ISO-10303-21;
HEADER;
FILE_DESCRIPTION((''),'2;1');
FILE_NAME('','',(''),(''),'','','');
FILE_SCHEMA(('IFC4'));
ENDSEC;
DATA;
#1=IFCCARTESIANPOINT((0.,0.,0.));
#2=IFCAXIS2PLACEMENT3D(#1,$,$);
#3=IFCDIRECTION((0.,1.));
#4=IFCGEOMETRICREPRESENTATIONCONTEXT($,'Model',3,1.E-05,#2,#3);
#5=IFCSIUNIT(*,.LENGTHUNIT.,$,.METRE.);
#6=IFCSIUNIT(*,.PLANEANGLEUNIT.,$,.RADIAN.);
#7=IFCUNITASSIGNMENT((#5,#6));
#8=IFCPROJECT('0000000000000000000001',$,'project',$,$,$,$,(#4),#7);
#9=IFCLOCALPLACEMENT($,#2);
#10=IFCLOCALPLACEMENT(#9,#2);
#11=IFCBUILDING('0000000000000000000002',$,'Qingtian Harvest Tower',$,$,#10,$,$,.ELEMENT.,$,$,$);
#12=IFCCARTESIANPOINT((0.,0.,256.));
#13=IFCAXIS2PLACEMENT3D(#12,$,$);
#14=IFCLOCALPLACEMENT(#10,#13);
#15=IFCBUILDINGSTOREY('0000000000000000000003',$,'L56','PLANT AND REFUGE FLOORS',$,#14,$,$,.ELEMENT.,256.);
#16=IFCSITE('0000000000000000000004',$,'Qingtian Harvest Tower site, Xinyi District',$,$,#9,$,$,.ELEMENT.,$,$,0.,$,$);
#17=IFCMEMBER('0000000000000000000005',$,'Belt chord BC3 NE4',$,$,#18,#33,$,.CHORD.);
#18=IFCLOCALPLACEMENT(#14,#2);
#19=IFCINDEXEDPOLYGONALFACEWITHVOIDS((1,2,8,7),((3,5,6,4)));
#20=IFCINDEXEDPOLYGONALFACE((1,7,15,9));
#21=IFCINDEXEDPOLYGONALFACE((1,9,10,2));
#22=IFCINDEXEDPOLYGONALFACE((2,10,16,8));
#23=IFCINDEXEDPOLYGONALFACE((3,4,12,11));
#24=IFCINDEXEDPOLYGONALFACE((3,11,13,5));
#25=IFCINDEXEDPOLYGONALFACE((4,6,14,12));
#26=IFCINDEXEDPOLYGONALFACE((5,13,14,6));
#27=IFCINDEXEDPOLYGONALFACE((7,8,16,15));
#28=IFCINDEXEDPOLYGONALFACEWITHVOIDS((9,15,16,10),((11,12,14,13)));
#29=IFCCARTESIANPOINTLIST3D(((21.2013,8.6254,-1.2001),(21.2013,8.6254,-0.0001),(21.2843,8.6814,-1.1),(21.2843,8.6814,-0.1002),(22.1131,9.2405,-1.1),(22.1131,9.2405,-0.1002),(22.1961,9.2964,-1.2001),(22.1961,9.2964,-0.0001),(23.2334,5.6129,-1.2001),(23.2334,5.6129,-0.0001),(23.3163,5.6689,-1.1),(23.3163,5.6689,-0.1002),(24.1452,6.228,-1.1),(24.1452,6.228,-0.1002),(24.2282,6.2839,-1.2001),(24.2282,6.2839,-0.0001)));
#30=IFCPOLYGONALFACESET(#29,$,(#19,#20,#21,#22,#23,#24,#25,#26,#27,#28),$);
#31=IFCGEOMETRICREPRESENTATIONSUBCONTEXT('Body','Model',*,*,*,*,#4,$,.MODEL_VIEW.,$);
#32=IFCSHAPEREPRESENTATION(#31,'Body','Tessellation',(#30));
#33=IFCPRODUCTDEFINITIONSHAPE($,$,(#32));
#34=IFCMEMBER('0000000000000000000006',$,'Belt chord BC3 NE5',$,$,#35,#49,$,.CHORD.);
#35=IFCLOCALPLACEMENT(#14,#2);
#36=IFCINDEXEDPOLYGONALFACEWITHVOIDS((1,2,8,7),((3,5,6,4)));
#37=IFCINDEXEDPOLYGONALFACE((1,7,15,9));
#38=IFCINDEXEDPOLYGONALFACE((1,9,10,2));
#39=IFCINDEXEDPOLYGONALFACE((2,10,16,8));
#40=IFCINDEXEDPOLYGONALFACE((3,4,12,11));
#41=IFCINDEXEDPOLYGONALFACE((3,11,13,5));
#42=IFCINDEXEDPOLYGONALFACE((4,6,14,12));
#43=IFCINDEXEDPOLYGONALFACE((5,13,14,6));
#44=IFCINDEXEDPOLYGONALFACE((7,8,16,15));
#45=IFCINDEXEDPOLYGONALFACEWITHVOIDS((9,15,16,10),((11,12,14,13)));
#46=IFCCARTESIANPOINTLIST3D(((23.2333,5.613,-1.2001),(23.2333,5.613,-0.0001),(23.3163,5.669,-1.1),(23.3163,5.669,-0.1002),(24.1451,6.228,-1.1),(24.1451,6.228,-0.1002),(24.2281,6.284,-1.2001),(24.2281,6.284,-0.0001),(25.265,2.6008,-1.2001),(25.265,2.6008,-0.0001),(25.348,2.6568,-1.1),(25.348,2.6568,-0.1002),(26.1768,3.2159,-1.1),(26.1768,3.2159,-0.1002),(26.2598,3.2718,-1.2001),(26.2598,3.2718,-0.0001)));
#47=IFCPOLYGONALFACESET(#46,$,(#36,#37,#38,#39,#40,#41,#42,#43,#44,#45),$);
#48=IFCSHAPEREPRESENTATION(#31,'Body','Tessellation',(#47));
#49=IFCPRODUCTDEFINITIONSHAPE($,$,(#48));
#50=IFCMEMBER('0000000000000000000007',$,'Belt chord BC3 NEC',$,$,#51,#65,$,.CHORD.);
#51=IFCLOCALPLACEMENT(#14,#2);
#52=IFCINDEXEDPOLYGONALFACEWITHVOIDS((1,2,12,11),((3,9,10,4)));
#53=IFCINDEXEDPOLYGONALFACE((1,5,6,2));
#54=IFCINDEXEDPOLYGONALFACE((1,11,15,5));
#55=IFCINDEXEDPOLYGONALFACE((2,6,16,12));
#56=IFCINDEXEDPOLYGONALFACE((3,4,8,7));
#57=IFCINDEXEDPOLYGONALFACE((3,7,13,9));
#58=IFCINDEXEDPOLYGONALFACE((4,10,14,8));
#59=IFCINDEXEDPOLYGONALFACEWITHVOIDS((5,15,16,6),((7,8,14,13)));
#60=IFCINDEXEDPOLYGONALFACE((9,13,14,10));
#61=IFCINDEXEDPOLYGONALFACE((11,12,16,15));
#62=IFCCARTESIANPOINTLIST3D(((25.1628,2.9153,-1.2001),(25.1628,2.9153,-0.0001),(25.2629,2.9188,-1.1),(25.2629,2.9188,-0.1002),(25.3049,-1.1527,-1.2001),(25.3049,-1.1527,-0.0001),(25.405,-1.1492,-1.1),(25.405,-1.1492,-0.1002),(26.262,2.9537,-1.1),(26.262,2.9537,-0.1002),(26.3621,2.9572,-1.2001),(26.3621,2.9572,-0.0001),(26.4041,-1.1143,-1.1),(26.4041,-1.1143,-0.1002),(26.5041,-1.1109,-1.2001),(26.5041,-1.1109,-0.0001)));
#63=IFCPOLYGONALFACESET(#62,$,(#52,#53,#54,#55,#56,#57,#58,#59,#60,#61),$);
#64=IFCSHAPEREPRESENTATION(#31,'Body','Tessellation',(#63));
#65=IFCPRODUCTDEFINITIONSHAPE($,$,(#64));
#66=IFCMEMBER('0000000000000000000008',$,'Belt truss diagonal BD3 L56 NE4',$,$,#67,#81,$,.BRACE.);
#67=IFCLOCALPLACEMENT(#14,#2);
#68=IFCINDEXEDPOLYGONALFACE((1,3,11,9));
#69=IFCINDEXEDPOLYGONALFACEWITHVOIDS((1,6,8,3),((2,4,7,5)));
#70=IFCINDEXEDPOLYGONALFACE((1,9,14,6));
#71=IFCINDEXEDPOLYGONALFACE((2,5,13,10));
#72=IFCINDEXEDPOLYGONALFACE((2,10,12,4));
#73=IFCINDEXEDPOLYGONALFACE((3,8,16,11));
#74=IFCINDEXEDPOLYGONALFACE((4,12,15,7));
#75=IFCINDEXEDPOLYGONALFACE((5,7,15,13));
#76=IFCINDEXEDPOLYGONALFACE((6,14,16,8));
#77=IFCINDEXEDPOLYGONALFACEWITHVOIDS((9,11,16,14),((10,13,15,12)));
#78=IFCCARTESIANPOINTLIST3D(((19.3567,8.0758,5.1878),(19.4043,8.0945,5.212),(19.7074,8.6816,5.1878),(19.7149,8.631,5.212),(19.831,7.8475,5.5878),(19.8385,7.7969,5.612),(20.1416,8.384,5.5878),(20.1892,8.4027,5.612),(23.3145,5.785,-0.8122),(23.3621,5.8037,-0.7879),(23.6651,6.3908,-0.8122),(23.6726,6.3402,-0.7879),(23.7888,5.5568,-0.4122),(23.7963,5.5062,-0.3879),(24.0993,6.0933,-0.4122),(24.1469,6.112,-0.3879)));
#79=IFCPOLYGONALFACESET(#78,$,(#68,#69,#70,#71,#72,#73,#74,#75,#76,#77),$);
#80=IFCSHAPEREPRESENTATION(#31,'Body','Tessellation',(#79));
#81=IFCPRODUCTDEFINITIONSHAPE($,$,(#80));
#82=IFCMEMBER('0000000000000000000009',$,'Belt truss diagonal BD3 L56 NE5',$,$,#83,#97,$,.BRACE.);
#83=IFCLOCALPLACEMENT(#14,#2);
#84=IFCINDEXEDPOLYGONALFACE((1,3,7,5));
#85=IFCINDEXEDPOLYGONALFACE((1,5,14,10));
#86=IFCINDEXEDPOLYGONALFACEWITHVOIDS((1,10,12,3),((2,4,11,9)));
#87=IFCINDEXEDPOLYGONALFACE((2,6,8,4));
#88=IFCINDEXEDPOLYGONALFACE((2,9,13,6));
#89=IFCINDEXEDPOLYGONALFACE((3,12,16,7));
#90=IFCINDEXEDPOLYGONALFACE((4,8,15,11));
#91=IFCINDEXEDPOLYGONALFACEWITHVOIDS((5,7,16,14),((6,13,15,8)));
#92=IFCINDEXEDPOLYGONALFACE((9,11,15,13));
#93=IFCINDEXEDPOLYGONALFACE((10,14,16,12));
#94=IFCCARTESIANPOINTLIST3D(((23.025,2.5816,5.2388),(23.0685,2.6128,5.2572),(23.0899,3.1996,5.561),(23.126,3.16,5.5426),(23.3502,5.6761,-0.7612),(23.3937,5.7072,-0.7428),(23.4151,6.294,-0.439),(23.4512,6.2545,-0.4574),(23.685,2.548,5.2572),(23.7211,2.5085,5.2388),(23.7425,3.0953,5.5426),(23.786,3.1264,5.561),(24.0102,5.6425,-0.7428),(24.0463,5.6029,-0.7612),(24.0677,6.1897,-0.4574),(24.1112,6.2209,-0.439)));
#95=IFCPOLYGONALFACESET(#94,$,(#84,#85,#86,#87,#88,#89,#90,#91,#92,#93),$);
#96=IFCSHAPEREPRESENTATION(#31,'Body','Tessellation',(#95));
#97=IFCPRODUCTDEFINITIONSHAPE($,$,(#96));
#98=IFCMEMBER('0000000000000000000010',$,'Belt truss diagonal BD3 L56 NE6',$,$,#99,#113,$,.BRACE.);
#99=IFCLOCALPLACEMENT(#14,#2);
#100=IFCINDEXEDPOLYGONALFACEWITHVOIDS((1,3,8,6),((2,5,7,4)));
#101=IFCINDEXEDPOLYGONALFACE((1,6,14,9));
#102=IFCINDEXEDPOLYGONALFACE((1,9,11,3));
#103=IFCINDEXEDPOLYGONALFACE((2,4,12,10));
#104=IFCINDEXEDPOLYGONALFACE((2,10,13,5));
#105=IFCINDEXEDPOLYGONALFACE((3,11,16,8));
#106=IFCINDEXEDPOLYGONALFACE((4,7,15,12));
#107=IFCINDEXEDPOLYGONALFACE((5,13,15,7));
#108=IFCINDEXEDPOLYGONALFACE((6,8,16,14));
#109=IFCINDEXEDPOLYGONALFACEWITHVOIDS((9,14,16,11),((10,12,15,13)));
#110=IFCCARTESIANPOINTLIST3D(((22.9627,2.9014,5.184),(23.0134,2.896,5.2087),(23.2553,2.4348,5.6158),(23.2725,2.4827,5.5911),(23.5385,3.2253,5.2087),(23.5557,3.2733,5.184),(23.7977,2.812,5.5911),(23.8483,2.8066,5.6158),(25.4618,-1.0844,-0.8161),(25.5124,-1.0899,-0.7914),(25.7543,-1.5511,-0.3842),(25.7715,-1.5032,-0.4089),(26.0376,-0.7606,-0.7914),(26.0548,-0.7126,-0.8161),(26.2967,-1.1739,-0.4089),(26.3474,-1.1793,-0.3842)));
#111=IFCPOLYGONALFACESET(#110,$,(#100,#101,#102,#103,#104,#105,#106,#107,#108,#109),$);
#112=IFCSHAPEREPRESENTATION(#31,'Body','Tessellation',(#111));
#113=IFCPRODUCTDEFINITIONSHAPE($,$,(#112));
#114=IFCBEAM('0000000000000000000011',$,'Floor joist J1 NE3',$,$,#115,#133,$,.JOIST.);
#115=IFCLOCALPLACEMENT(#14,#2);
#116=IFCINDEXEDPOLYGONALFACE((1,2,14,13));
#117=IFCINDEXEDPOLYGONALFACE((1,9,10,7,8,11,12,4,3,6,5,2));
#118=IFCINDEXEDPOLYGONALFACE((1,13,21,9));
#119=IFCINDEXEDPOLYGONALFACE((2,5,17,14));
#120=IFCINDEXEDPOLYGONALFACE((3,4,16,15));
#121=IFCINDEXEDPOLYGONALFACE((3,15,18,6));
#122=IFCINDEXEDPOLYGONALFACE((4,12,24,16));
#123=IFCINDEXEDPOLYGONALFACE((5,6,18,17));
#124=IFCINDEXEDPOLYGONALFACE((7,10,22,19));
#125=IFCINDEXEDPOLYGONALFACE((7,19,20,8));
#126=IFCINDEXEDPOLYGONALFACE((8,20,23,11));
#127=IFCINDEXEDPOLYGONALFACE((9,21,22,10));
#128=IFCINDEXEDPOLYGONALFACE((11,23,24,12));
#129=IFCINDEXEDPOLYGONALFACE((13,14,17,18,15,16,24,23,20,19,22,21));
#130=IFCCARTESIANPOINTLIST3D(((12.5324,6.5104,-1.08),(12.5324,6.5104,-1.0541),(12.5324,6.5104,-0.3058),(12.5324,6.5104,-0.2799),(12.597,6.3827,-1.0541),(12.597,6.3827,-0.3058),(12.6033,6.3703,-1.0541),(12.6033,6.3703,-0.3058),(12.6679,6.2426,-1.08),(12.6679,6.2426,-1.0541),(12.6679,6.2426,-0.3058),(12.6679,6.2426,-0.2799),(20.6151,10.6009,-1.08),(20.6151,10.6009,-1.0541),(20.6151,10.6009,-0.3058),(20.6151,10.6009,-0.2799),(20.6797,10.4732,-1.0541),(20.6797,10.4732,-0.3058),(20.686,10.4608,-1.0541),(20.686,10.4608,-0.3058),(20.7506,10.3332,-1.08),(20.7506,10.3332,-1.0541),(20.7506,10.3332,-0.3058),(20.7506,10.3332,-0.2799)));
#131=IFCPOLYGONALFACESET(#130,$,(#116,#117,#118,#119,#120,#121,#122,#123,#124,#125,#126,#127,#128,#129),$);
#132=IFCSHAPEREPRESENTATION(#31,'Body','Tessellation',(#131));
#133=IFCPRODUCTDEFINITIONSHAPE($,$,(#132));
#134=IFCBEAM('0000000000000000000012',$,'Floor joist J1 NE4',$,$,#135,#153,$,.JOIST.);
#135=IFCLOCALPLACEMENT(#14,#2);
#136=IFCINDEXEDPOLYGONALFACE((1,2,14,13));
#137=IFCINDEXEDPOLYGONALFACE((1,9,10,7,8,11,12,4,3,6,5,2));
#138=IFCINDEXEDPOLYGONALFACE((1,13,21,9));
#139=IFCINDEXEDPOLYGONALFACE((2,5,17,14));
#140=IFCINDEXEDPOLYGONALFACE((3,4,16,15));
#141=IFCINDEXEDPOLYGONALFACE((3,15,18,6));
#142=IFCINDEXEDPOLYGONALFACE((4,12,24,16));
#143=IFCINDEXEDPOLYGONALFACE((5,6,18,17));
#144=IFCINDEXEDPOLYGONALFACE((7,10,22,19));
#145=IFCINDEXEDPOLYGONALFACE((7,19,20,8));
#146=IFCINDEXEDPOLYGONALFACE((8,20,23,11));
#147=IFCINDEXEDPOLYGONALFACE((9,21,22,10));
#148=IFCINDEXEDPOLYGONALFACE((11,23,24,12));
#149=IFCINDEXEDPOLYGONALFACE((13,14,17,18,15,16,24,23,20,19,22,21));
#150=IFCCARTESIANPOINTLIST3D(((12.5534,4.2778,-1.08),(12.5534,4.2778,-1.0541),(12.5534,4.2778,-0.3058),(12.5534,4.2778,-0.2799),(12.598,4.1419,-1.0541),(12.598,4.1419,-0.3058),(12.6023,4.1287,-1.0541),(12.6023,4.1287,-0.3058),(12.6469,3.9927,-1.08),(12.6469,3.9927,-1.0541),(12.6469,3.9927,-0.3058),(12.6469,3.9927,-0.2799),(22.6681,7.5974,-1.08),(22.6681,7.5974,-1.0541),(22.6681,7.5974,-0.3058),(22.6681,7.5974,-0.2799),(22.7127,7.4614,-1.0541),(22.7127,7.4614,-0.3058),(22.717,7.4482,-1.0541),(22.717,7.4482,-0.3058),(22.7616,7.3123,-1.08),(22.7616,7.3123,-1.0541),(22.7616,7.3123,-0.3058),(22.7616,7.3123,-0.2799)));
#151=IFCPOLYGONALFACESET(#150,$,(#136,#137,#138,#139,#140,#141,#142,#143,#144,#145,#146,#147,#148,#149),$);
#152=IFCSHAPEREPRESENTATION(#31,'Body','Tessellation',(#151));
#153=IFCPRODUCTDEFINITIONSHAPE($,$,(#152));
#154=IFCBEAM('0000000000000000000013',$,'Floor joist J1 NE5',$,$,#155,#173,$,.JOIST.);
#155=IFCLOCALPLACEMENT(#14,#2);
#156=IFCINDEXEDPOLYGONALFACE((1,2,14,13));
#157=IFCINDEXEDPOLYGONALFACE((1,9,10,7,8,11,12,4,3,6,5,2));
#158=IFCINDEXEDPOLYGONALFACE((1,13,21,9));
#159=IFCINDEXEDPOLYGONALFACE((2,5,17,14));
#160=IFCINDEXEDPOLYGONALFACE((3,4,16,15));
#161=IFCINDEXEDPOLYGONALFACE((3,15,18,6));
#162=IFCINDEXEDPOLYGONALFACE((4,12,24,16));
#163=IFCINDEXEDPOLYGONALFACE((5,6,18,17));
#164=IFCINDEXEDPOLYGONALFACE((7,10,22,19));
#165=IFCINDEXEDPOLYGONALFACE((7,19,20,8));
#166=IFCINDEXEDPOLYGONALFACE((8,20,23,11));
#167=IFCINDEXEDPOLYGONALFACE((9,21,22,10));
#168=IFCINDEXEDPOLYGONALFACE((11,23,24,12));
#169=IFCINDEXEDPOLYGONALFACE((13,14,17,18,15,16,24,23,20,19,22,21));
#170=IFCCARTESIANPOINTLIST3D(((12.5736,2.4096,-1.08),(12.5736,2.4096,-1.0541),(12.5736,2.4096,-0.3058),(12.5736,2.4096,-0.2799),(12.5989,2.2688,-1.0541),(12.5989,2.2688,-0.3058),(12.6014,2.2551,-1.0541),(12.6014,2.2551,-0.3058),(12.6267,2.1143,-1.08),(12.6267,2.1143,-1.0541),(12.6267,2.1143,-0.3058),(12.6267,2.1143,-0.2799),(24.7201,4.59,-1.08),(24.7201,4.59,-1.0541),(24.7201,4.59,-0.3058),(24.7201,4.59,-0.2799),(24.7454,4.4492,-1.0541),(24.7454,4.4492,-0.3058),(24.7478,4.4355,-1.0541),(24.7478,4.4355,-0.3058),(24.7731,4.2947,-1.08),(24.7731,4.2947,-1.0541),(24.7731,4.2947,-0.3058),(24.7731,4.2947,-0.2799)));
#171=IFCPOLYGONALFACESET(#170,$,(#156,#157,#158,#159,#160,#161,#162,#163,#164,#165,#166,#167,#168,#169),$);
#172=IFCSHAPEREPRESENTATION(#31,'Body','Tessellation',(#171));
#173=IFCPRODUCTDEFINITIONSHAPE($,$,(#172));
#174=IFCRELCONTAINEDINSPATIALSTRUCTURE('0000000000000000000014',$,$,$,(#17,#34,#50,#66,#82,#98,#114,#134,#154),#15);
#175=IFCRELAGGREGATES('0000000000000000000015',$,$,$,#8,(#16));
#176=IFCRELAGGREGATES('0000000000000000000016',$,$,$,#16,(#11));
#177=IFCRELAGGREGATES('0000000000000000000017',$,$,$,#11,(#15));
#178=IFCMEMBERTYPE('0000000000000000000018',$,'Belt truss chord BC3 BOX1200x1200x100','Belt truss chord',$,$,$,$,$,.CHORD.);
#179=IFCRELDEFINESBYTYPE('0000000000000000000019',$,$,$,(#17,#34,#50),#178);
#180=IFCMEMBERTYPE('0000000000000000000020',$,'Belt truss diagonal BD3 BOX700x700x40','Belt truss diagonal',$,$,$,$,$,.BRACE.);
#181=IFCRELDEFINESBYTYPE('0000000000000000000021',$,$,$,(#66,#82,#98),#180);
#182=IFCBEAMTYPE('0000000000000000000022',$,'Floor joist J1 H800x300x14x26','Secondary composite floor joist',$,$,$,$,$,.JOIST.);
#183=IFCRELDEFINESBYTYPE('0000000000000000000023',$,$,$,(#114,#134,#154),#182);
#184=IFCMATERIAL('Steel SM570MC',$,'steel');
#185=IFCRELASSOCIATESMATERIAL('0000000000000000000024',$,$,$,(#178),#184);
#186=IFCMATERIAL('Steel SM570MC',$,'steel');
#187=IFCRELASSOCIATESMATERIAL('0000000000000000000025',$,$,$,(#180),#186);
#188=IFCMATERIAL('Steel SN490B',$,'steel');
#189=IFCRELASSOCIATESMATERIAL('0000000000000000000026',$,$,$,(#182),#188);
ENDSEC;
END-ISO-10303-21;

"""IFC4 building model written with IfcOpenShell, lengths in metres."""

from ifc_helpers import new_model, si_unit, direction, frame, origin, origin_2d, place, context, subcontext, project, spatial, hollow_rectangle, i_section, extrude, material, material_profile, profile_set, type_object, element, save


model = new_model("IFC4")

# Units and contexts
model_context = context("Model", 3, precision=1e-05, world=origin(), true_north=direction((0.0, 1.0)))
body_context = subcontext(model_context, "Body", "Model", "MODEL_VIEW")
ifc_project = project(units=[si_unit("LENGTHUNIT", "METRE"), si_unit("PLANEANGLEUNIT", "RADIAN")], contexts=[model_context])

# Site, building, storey
site_placement = place(None, origin())
site = spatial("IfcSite", under=ifc_project, at=site_placement, Name="Qingtian Harvest Tower site, Xinyi District", CompositionType="ELEMENT", RefElevation=0.0)
building_placement = place(site_placement, origin())
building = spatial("IfcBuilding", under=site, at=building_placement, Name="Qingtian Harvest Tower", CompositionType="ELEMENT")
storey_placement = place(building_placement, frame((0.0, 0.0, 256.0)))
storey = spatial("IfcBuildingStorey", under=building, at=storey_placement, Name="L56", Description="PLANT AND REFUGE FLOORS", CompositionType="ELEMENT", Elevation=256.0)

# Members
ifc_material_1 = material(Name="Steel SM570MC", Category="steel")
ifc_material_profile_1 = material_profile(ifc_material_1, hollow_rectangle(XDim=1.2, YDim=1.2, WallThickness=0.1001, at=origin_2d()), Name="BOX1200x1200x100")
ifc_profile_set_1 = profile_set([ifc_material_profile_1], Name="Steel SM570MC")
member_type_1 = type_object("IfcMemberType", Name="Belt truss chord BC3 BOX1200x1200x100", Description="Belt truss chord", PredefinedType="CHORD", material=ifc_profile_set_1)
member_1_placement = place(storey_placement, frame((21.6987, 8.9609, -0.6001), z_axis=(0.559204, -0.82903, 0.0), x_axis=(0.82903, 0.559204, 0.0)))
element("IfcMember", 1, at=member_1_placement, inside=storey, type_object=member_type_1, Name="Belt chord BC3 NE4", PredefinedType="CHORD", context=body_context, shape_type="SweptSolid", body=[
    extrude(hollow_rectangle(XDim=1.2, YDim=1.2, WallThickness=0.1001, at=origin_2d()), origin(), (0.0, 0.0, 1.0), 3.6338),
])
member_2_placement = place(storey_placement, frame((23.7307, 5.9485, -0.6001), z_axis=(0.559189, -0.82904, 0.0), x_axis=(0.82904, 0.559189, 0.0)))
element("IfcMember", 2, at=member_2_placement, inside=storey, type_object=member_type_1, Name="Belt chord BC3 NE5", PredefinedType="CHORD", context=body_context, shape_type="SweptSolid", body=[
    extrude(hollow_rectangle(XDim=1.2, YDim=1.2, WallThickness=0.1001, at=origin_2d()), origin(), (0.0, 0.0, 1.0), 3.6333),
])
member_3_placement = place(storey_placement, frame((25.7625, 2.9363, -0.6001), z_axis=(0.034906, -0.999391, 0.0), x_axis=(0.999391, 0.034906, 0.0)))
element("IfcMember", 3, at=member_3_placement, inside=storey, type_object=member_type_1, Name="Belt chord BC3 NEC", PredefinedType="CHORD", context=body_context, shape_type="SweptSolid", body=[
    extrude(hollow_rectangle(XDim=1.2, YDim=1.2, WallThickness=0.1001, at=origin_2d()), origin(), (0.0, 0.0, 1.0), 4.0706),
])
ifc_material_2 = material(Name="Steel SM570MC", Category="steel")
ifc_material_profile_2 = material_profile(ifc_material_2, hollow_rectangle(XDim=0.7, YDim=0.7, WallThickness=0.04, at=origin_2d()), Name="BOX700x700x40")
ifc_profile_set_2 = profile_set([ifc_material_profile_2], Name="Steel SM570MC")
member_type_2 = type_object("IfcMemberType", Name="Belt truss diagonal BD3 BOX700x700x40", Description="Belt truss diagonal", PredefinedType="BRACE", material=ifc_profile_set_2)
member_4_placement = place(storey_placement, frame((19.7729, 8.2393, 5.3999), z_axis=(0.524626, -0.303656, -0.795337), x_axis=(0.500944, 0.86548, 0.0)))
element("IfcMember", 4, at=member_4_placement, inside=storey, type_object=member_type_2, Name="Belt truss diagonal BD3 L56 NE4", PredefinedType="BRACE", context=body_context, shape_type="SweptSolid", body=[
    extrude(hollow_rectangle(XDim=0.7, YDim=0.7, WallThickness=0.04, at=origin_2d()), origin(), (0.0, 0.0, 1.0), 7.5439),
])
member_5_placement = place(storey_placement, frame((23.7307, 5.9485, -0.6001), z_axis=(-0.048114, -0.457844, 0.88773), x_axis=(0.994523, -0.104513, 0.0)))
element("IfcMember", 5, at=member_5_placement, inside=storey, type_object=member_type_2, Name="Belt truss diagonal BD3 L56 NE5", PredefinedType="BRACE", context=body_context, shape_type="SweptSolid", body=[
    extrude(hollow_rectangle(XDim=0.7, YDim=0.7, WallThickness=0.04, at=origin_2d()), origin(), (0.0, 0.0, 1.0), 6.7588),
])
member_6_placement = place(storey_placement, frame((23.4055, 2.854, 5.3999), z_axis=(0.327765, -0.522772, -0.786943), x_axis=(0.847245, 0.531202, 0.0)))
element("IfcMember", 6, at=member_6_placement, inside=storey, type_object=member_type_2, Name="Belt truss diagonal BD3 L56 NE6", PredefinedType="BRACE", context=body_context, shape_type="SweptSolid", body=[
    extrude(hollow_rectangle(XDim=0.7, YDim=0.7, WallThickness=0.04, at=origin_2d()), origin(), (0.0, 0.0, 1.0), 7.6245),
])

# Beams
ifc_material_3 = material(Name="Steel SN490B", Category="steel")
ifc_material_profile_3 = material_profile(ifc_material_3, i_section(OverallWidth=0.3, OverallDepth=0.8, WebThickness=0.0139, FlangeThickness=0.0259, at=origin_2d()), Name="H800x300x14x26")
ifc_profile_set_3 = profile_set([ifc_material_profile_3], Name="Steel SN490B")
beam_type_1 = type_object("IfcBeamType", Name="Floor joist J1 H800x300x14x26", Description="Secondary composite floor joist", PredefinedType="JOIST", material=ifc_profile_set_3)
beam_1_placement = place(storey_placement, frame((20.6829, 10.467, -0.6799), z_axis=(-0.892244, -0.451553, 0.0), x_axis=(0.451553, -0.892244, 0.0)))
element("IfcBeam", 7, at=beam_1_placement, inside=storey, type_object=beam_type_1, Name="Floor joist J1 NE3", PredefinedType="JOIST", context=body_context, shape_type="SweptSolid", body=[
    extrude(i_section(OverallWidth=0.3, OverallDepth=0.8, WebThickness=0.0139, FlangeThickness=0.0259, at=origin_2d()), origin(), (0.0, 0.0, 1.0), 9.0588),
])
beam_2_placement = place(storey_placement, frame((22.7148, 7.4548, -0.6799), z_axis=(-0.950139, -0.311828, 0.0), x_axis=(0.311828, -0.950139, 0.0)))
element("IfcBeam", 8, at=beam_2_placement, inside=storey, type_object=beam_type_1, Name="Floor joist J1 NE4", PredefinedType="JOIST", context=body_context, shape_type="SweptSolid", body=[
    extrude(i_section(OverallWidth=0.3, OverallDepth=0.8, WebThickness=0.0139, FlangeThickness=0.0259, at=origin_2d()), origin(), (0.0, 0.0, 1.0), 10.6455),
])
beam_3_placement = place(storey_placement, frame((24.7466, 4.4424, -0.6799), z_axis=(-0.984267, -0.176686, 0.0), x_axis=(0.176686, -0.984267, 0.0)))
element("IfcBeam", 9, at=beam_3_placement, inside=storey, type_object=beam_type_1, Name="Floor joist J1 NE5", PredefinedType="JOIST", context=body_context, shape_type="SweptSolid", body=[
    extrude(i_section(OverallWidth=0.3, OverallDepth=0.8, WebThickness=0.0139, FlangeThickness=0.0259, at=origin_2d()), origin(), (0.0, 0.0, 1.0), 12.3406),
])

save(model, "model.ifc")
